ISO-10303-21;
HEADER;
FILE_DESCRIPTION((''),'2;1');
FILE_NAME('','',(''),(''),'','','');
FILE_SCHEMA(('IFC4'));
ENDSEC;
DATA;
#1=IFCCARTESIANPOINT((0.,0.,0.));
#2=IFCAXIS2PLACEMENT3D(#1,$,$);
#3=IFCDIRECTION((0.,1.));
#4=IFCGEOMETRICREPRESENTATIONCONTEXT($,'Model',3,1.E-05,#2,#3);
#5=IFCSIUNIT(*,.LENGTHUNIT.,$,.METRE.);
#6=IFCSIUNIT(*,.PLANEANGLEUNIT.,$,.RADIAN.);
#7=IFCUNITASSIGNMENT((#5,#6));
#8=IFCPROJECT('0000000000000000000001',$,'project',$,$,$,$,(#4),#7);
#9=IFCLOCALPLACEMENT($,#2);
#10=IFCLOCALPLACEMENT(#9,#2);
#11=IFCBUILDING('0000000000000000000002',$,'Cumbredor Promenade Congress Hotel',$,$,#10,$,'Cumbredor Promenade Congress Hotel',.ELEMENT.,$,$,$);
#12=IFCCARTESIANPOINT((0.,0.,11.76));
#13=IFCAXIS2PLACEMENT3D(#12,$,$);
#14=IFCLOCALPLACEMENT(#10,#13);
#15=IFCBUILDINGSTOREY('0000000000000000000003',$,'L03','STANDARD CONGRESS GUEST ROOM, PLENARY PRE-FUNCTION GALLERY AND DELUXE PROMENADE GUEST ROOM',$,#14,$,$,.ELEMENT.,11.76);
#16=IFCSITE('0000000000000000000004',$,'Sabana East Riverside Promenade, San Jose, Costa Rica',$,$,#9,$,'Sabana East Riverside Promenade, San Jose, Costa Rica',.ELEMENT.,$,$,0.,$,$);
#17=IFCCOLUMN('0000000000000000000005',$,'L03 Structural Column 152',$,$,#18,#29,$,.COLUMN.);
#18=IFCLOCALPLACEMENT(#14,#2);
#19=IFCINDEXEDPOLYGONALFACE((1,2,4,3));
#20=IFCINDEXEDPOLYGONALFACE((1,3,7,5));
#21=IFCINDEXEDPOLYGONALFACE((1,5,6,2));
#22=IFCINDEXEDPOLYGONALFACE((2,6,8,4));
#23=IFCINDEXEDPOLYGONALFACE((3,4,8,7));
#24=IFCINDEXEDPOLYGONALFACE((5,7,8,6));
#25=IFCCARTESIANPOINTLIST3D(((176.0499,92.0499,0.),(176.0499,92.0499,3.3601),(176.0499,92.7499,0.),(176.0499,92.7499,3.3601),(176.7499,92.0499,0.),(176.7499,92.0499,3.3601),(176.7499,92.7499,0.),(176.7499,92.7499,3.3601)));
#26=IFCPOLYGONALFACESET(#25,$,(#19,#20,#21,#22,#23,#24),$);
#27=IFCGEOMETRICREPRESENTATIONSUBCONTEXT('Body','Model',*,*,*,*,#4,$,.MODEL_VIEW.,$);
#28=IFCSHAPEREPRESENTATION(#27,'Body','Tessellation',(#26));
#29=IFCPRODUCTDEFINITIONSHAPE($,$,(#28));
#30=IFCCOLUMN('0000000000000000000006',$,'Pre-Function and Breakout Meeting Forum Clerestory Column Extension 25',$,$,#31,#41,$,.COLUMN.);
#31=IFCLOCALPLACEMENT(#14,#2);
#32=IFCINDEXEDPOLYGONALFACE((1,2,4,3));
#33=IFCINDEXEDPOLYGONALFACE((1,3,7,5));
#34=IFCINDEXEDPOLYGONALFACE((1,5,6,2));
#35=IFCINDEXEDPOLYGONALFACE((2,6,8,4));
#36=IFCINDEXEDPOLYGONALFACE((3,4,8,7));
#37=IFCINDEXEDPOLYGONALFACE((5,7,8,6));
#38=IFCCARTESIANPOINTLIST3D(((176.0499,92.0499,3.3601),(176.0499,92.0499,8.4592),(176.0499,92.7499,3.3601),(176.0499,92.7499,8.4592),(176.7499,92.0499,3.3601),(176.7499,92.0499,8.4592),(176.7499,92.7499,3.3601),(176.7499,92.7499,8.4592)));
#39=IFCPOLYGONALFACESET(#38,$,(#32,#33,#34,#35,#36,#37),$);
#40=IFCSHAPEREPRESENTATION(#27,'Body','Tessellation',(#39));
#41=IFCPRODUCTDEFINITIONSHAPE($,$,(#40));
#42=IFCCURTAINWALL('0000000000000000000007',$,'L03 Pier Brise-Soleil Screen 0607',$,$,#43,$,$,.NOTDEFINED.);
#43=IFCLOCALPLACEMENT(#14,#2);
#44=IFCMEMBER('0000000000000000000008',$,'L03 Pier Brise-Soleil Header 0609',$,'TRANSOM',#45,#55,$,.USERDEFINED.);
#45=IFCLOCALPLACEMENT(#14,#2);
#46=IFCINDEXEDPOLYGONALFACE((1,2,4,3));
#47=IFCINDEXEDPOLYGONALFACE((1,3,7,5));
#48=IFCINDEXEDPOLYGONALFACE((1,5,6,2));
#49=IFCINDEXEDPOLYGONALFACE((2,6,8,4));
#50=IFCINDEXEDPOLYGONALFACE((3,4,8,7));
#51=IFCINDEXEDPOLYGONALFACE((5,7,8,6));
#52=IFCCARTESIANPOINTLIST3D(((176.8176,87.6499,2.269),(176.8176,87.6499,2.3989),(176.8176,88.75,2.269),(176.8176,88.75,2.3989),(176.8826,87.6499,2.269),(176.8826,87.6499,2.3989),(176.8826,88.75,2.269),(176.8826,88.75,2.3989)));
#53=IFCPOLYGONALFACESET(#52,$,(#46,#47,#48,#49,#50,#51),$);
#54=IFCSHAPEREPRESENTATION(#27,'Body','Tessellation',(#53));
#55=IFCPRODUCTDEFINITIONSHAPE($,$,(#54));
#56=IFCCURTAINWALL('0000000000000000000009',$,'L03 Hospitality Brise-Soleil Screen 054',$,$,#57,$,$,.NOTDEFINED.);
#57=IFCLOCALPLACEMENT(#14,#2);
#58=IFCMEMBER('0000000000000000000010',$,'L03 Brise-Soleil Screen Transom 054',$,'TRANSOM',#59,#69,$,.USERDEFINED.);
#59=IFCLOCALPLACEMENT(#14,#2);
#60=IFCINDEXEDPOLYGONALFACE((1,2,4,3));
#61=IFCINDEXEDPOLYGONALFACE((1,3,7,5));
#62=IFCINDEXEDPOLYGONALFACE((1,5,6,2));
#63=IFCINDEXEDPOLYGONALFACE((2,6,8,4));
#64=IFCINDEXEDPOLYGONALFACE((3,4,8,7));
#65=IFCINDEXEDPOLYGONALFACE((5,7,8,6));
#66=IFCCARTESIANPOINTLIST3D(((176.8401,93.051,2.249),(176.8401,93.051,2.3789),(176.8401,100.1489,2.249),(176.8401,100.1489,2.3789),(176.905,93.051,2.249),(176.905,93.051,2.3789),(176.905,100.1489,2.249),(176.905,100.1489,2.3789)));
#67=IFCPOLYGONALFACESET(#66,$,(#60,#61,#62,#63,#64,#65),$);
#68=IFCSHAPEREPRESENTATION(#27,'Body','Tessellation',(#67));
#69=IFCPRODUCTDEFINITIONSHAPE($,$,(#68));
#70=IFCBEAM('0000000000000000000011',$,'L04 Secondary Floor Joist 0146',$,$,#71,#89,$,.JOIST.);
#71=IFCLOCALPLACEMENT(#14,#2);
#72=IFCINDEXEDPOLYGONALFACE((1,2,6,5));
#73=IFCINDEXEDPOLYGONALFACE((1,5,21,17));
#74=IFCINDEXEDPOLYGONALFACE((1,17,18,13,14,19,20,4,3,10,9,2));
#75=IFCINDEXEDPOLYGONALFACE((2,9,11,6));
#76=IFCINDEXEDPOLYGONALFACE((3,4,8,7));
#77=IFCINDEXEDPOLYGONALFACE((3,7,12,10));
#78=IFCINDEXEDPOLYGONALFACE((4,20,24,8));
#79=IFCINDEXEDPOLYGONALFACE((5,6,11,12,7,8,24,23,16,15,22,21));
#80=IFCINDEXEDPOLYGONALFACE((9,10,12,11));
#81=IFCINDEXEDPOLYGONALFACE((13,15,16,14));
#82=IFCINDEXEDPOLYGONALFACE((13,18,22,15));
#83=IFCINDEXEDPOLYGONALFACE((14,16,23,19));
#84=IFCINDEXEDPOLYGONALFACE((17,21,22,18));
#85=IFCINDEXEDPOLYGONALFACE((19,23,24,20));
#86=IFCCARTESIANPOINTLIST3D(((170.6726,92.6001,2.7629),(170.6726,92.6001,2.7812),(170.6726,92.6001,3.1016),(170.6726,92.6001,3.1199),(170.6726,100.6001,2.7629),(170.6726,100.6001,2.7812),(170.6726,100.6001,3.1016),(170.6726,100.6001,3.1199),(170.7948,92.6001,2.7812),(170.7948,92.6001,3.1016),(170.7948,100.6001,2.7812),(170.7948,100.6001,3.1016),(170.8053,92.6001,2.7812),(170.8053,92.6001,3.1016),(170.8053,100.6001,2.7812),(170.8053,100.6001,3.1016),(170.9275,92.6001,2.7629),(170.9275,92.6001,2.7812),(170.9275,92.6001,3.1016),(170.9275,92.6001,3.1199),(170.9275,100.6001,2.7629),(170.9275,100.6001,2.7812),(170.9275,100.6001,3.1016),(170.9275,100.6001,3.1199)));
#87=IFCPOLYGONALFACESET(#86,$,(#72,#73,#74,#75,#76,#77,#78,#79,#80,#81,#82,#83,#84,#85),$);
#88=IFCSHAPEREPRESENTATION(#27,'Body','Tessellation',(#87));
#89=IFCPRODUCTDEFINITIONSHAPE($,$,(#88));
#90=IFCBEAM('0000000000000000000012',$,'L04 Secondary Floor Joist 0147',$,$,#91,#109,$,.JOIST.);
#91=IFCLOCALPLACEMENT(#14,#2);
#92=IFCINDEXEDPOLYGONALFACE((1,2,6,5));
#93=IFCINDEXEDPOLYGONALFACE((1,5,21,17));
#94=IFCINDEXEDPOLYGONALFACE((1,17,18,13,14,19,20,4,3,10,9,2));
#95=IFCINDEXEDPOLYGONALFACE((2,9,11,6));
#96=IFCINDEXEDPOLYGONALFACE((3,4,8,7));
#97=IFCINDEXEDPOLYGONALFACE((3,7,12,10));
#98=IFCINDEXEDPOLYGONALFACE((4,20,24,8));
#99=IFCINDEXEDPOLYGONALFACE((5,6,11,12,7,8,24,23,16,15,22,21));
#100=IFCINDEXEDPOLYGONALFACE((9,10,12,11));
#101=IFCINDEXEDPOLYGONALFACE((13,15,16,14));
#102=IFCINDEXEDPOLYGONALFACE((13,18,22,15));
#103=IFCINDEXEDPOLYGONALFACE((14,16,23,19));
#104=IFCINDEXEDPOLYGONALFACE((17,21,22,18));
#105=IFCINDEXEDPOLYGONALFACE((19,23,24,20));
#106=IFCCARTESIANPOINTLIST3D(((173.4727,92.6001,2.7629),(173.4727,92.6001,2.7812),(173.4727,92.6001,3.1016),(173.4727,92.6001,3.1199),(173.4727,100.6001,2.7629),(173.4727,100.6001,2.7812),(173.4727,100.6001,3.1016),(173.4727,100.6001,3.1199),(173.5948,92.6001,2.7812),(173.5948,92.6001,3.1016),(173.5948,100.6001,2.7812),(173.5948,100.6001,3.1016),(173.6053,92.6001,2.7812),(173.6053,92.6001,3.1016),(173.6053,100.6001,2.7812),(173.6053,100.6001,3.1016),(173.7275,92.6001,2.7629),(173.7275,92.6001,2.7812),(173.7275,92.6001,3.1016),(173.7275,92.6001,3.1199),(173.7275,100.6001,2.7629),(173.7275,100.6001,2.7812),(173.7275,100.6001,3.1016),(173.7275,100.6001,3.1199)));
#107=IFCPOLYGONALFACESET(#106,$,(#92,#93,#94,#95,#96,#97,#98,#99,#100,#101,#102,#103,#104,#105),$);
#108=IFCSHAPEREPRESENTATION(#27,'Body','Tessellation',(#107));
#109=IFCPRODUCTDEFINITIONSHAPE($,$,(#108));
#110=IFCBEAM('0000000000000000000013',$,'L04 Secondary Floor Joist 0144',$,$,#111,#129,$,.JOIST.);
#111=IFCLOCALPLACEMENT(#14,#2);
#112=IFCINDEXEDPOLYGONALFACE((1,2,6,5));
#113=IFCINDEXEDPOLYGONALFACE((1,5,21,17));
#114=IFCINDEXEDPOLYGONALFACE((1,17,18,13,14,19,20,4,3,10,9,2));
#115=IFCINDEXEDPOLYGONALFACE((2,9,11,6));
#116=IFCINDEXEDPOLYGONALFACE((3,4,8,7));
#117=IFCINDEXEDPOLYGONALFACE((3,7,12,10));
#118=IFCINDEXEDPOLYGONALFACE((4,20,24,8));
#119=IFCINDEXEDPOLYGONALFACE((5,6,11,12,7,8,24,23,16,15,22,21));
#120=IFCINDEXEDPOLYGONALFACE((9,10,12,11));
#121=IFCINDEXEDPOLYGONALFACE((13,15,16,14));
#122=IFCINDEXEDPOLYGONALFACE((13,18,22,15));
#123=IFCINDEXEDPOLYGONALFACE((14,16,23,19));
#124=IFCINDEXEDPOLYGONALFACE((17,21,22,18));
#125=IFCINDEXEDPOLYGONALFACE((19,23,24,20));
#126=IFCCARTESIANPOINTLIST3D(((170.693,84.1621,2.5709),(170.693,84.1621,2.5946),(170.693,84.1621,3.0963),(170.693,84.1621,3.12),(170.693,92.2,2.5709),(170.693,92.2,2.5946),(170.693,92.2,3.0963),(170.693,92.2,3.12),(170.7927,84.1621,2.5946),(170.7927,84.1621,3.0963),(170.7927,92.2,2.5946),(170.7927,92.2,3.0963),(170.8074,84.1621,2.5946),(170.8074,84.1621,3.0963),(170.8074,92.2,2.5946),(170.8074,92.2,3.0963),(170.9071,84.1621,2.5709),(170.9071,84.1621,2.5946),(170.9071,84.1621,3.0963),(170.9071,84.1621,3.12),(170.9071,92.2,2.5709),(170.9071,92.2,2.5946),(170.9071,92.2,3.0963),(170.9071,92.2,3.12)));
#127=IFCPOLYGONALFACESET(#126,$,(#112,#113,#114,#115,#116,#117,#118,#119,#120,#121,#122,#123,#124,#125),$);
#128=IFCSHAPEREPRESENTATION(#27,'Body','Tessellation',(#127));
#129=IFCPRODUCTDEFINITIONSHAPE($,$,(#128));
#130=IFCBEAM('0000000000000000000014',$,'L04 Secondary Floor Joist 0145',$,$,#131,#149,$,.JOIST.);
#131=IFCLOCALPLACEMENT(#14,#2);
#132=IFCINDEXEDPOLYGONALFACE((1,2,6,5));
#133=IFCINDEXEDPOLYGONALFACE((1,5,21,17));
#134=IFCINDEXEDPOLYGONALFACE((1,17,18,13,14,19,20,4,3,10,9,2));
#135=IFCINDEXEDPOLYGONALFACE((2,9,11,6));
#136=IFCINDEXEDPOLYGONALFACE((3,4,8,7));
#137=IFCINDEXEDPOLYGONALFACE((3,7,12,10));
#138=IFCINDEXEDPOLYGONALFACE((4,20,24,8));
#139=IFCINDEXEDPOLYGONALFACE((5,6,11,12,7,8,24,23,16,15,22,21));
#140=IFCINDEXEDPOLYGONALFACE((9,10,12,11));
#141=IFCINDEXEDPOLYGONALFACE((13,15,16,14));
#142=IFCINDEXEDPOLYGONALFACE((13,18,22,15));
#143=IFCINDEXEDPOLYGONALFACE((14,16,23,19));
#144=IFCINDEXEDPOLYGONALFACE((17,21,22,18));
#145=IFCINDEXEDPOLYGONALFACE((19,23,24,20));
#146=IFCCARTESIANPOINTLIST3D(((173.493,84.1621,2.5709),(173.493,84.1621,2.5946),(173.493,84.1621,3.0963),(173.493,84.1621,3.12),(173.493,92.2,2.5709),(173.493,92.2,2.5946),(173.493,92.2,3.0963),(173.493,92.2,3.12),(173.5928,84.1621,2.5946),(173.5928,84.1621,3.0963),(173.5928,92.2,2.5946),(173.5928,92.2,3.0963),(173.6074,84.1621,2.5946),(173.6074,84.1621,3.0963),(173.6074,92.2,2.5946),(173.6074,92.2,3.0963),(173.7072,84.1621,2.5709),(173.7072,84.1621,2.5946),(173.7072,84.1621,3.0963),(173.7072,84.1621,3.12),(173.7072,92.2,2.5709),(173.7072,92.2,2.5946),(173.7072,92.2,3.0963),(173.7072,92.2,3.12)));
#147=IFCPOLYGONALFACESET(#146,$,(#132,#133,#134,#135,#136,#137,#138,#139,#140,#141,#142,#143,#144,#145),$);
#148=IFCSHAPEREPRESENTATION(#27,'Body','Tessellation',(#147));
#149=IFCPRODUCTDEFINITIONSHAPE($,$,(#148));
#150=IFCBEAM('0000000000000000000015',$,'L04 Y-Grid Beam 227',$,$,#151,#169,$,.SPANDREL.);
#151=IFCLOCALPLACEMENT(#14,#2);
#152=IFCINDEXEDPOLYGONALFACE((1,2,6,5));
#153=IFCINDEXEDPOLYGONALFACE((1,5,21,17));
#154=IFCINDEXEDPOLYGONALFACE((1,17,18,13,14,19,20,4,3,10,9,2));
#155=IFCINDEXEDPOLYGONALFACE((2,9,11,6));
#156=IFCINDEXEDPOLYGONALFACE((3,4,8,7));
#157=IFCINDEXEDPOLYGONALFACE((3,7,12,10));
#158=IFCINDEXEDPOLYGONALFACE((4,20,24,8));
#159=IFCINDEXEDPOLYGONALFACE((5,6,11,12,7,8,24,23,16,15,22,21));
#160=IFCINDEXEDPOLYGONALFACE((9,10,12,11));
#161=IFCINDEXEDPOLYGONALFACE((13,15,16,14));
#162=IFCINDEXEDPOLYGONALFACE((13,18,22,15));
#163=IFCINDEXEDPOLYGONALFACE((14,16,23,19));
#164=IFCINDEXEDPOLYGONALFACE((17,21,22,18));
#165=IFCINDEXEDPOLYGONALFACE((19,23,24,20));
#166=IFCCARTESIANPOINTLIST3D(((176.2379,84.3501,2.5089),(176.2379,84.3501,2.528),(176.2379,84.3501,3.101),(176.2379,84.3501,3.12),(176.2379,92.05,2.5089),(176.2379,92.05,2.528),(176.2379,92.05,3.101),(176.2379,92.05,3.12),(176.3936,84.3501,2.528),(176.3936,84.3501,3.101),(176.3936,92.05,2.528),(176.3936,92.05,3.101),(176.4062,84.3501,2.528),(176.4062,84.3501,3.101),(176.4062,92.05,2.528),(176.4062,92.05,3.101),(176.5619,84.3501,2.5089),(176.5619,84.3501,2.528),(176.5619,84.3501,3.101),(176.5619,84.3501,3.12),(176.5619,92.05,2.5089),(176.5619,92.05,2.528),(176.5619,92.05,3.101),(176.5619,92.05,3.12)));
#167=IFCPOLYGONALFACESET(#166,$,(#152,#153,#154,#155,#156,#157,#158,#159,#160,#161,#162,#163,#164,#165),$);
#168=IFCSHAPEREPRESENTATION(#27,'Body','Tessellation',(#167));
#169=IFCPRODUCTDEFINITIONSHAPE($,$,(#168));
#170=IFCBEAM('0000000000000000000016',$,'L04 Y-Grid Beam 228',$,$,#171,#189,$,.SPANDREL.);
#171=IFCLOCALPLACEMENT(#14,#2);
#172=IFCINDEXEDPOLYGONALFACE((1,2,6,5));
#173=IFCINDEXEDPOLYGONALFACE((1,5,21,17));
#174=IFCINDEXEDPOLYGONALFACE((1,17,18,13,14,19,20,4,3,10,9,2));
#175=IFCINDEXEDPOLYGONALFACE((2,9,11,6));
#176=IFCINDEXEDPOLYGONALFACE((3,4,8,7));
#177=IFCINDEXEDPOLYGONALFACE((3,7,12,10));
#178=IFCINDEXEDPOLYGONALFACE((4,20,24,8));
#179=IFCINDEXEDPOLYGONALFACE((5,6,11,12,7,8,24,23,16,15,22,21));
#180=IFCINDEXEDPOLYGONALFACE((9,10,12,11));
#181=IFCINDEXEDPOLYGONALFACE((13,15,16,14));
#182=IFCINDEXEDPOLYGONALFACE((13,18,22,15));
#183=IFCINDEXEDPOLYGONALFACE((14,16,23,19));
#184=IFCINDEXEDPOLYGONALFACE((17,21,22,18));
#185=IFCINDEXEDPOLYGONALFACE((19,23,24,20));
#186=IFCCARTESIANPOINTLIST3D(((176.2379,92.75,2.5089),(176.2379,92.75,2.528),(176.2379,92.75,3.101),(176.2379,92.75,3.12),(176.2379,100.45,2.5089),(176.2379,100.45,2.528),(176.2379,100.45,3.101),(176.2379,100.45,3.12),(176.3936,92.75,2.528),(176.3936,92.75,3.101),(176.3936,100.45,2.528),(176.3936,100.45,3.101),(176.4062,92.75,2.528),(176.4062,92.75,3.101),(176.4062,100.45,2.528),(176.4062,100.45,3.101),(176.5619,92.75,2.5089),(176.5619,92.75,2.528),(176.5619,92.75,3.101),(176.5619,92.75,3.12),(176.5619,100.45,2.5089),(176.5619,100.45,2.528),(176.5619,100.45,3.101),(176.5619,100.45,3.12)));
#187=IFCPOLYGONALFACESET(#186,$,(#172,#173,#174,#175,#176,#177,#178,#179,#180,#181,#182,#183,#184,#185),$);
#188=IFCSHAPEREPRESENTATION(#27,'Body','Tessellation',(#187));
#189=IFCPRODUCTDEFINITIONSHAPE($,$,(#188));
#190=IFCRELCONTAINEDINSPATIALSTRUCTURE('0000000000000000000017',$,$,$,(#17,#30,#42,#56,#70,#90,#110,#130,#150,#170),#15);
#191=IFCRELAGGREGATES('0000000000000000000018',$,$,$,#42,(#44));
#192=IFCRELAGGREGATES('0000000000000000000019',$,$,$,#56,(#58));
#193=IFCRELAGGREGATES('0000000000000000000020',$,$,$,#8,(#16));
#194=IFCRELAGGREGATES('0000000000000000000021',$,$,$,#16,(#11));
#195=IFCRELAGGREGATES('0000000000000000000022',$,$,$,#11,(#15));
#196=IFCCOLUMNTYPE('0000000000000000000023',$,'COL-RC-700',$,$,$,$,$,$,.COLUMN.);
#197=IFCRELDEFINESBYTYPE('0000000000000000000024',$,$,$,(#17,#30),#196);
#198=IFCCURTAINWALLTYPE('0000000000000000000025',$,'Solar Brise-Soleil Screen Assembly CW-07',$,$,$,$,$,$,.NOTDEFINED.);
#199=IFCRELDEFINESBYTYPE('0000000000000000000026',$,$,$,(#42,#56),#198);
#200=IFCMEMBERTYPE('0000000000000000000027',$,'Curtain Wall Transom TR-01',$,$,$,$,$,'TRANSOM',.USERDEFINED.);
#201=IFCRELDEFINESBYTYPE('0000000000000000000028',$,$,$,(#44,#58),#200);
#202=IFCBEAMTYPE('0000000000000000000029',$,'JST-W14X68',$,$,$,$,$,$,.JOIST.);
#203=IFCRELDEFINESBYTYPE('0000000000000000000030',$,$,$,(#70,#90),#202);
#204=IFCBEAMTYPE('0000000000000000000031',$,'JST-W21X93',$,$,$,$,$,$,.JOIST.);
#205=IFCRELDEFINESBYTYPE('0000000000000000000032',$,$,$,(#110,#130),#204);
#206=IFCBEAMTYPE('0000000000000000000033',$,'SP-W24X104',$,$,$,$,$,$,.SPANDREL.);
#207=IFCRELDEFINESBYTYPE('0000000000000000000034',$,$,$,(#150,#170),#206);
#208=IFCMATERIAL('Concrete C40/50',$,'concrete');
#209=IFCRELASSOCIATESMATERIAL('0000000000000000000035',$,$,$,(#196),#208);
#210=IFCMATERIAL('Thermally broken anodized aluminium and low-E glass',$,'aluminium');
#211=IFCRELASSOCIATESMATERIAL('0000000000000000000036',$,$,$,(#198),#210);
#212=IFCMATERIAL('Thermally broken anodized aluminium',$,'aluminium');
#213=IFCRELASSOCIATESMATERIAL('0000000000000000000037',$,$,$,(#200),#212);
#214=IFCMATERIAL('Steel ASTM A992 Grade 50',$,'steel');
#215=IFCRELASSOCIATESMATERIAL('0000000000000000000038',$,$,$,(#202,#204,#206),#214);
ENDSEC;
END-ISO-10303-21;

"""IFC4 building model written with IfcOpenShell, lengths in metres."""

from ifc_helpers import new_model, si_unit, direction, frame, origin, origin_2d, place, context, subcontext, project, spatial, rectangle, i_section, extrude, material, material_profile, profile_set, type_object, element, aggregate, save


model = new_model("IFC4")

# Units and contexts
model_context = context("Model", 3, precision=1e-05, world=origin(), true_north=direction((0.0, 1.0)))
body_context = subcontext(model_context, "Body", "Model", "MODEL_VIEW")
ifc_project = project(units=[si_unit("LENGTHUNIT", "METRE"), si_unit("PLANEANGLEUNIT", "RADIAN")], contexts=[model_context])

# Site, building, storey
site_placement = place(None, origin())
site = spatial("IfcSite", under=ifc_project, at=site_placement, Name="Sabana East Riverside Promenade, San Jose, Costa Rica", LongName="Sabana East Riverside Promenade, San Jose, Costa Rica", CompositionType="ELEMENT", RefElevation=0.0)
building_placement = place(site_placement, origin())
building = spatial("IfcBuilding", under=site, at=building_placement, Name="Cumbredor Promenade Congress Hotel", LongName="Cumbredor Promenade Congress Hotel", CompositionType="ELEMENT")
storey_placement = place(building_placement, frame((0.0, 0.0, 11.76)))
storey = spatial("IfcBuildingStorey", under=building, at=storey_placement, Name="L03", Description="STANDARD CONGRESS GUEST ROOM, PLENARY PRE-FUNCTION GALLERY AND DELUXE PROMENADE GUEST ROOM", CompositionType="ELEMENT", Elevation=11.76)

# Columns
ifc_material_1 = material(Name="Concrete C40/50", Category="concrete")
ifc_material_profile_1 = material_profile(ifc_material_1, rectangle(XDim=0.7, YDim=0.7, at=origin_2d()), Name="RC 700x700")
ifc_profile_set_1 = profile_set([ifc_material_profile_1], Name="Concrete C40/50")
column_type = type_object("IfcColumnType", Name="COL-RC-700", PredefinedType="COLUMN", material=ifc_profile_set_1)
column_1_placement = place(storey_placement, frame((176.3999, 92.3999, 0.0), z_axis=(0.0, 0.0, 1.0), x_axis=(1.0, 0.0, 0.0)))
element("IfcColumn", 1, at=column_1_placement, inside=storey, type_object=column_type, Name="L03 Structural Column 152", PredefinedType="COLUMN", context=body_context, shape_type="SweptSolid", body=[
    extrude(rectangle(XDim=0.7, YDim=0.7, at=origin_2d()), origin(), (0.0, 0.0, 1.0), 3.3601),
])
column_2_placement = place(storey_placement, frame((176.3999, 92.3999, 3.3601), z_axis=(0.0, 0.0, 1.0), x_axis=(1.0, 0.0, 0.0)))
element("IfcColumn", 2, at=column_2_placement, inside=storey, type_object=column_type, Name="Pre-Function and Breakout Meeting Forum Clerestory Column Extension 25", PredefinedType="COLUMN", context=body_context, shape_type="SweptSolid", body=[
    extrude(rectangle(XDim=0.7, YDim=0.7, at=origin_2d()), origin(), (0.0, 0.0, 1.0), 5.0991),
])

# Curtain walls, members
ifc_material_2 = material(Name="Thermally broken anodized aluminium and low-E glass", Category="aluminium")
curtain_wall_type = type_object("IfcCurtainWallType", Name="Solar Brise-Soleil Screen Assembly CW-07", PredefinedType="NOTDEFINED", material=ifc_material_2)
curtain_wall_1_placement = place(storey_placement, origin())
curtain_wall_1 = element("IfcCurtainWall", 3, at=curtain_wall_1_placement, inside=storey, type_object=curtain_wall_type, Name="L03 Pier Brise-Soleil Screen 0607", PredefinedType="NOTDEFINED")
ifc_material_3 = material(Name="Thermally broken anodized aluminium", Category="aluminium")
ifc_material_profile_2 = material_profile(ifc_material_3, rectangle(XDim=0.0649, YDim=0.1299, at=origin_2d()), Name="ALU TRANSOM 65x130")
ifc_profile_set_2 = profile_set([ifc_material_profile_2], Name="Thermally broken anodized aluminium")
member_type_1 = type_object("IfcMemberType", Name="Curtain Wall Transom TR-01", ElementType="TRANSOM", PredefinedType="USERDEFINED", material=ifc_profile_set_2)
member_1_placement = place(storey_placement, frame((176.8501, 87.6499, 2.334), z_axis=(0.0, 1.0, 0.0), x_axis=(-1.0, 0.0, 0.0)))
member_1 = element("IfcMember", 4, at=member_1_placement, type_object=member_type_1, Name="L03 Pier Brise-Soleil Header 0609", ObjectType="TRANSOM", PredefinedType="USERDEFINED", context=body_context, shape_type="SweptSolid", body=[
    extrude(rectangle(XDim=0.0649, YDim=0.1299, at=origin_2d()), origin(), (0.0, 0.0, 1.0), 1.1001),
])
curtain_wall_2_placement = place(storey_placement, origin())
curtain_wall_2 = element("IfcCurtainWall", 5, at=curtain_wall_2_placement, inside=storey, type_object=curtain_wall_type, Name="L03 Hospitality Brise-Soleil Screen 054", PredefinedType="NOTDEFINED")
member_2_placement = place(storey_placement, frame((176.8726, 93.051, 2.314), z_axis=(0.0, 1.0, 0.0), x_axis=(-1.0, 0.0, 0.0)))
member_2 = element("IfcMember", 6, at=member_2_placement, type_object=member_type_1, Name="L03 Brise-Soleil Screen Transom 054", ObjectType="TRANSOM", PredefinedType="USERDEFINED", context=body_context, shape_type="SweptSolid", body=[
    extrude(rectangle(XDim=0.0649, YDim=0.1299, at=origin_2d()), origin(), (0.0, 0.0, 1.0), 7.0979),
])

# Beams
ifc_material_4 = material(Name="Steel ASTM A992 Grade 50", Category="steel")
ifc_material_profile_3 = material_profile(ifc_material_4, i_section(OverallWidth=0.2549, OverallDepth=0.3569, WebThickness=0.0105, FlangeThickness=0.0183, at=origin_2d()), Name="W14X68")
ifc_profile_set_3 = profile_set([ifc_material_profile_3], Name="Steel ASTM A992 Grade 50")
beam_type_1 = type_object("IfcBeamType", Name="JST-W14X68", PredefinedType="JOIST", material=ifc_profile_set_3)
for number, where, z_axis, x_axis, name in (
    (7, (170.8, 92.6001, 2.9414), (0.0, 1.0, 0.0), (-1.0, 0.0, 0.0), "L04 Secondary Floor Joist 0146"),
    (8, (173.6001, 92.6001, 2.9414), (0.0, 1.0, 0.0), (-1.0, 0.0, 0.0), "L04 Secondary Floor Joist 0147"),
):
    element("IfcBeam", number, at=place(storey_placement, frame(where, z_axis=z_axis, x_axis=x_axis)), inside=storey, type_object=beam_type_1, Name=name, PredefinedType="JOIST", context=body_context, shape_type="SweptSolid", body=[
        extrude(i_section(OverallWidth=0.2549, OverallDepth=0.3569, WebThickness=0.0105, FlangeThickness=0.0183, at=origin_2d()), origin(), (0.0, 0.0, 1.0), 8.0),
    ])
ifc_material_profile_4 = material_profile(ifc_material_4, i_section(OverallWidth=0.2141, OverallDepth=0.5491, WebThickness=0.0146, FlangeThickness=0.0237, at=origin_2d()), Name="W21X93")
ifc_profile_set_4 = profile_set([ifc_material_profile_4], Name="Steel ASTM A992 Grade 50")
beam_type_2 = type_object("IfcBeamType", Name="JST-W21X93", PredefinedType="JOIST", material=ifc_profile_set_4)
for number, where, z_axis, x_axis, name in (
    (9, (170.8, 84.1621, 2.8455), (0.0, 1.0, 0.0), (-1.0, 0.0, 0.0), "L04 Secondary Floor Joist 0144"),
    (10, (173.6001, 84.1621, 2.8455), (0.0, 1.0, 0.0), (-1.0, 0.0, 0.0), "L04 Secondary Floor Joist 0145"),
):
    element("IfcBeam", number, at=place(storey_placement, frame(where, z_axis=z_axis, x_axis=x_axis)), inside=storey, type_object=beam_type_2, Name=name, PredefinedType="JOIST", context=body_context, shape_type="SweptSolid", body=[
        extrude(i_section(OverallWidth=0.2141, OverallDepth=0.5491, WebThickness=0.0146, FlangeThickness=0.0237, at=origin_2d()), origin(), (0.0, 0.0, 1.0), 8.0378),
    ])
ifc_material_profile_5 = material_profile(ifc_material_4, i_section(OverallWidth=0.324, OverallDepth=0.6111, WebThickness=0.0127, FlangeThickness=0.019, at=origin_2d()), Name="W24X104")
ifc_profile_set_5 = profile_set([ifc_material_profile_5], Name="Steel ASTM A992 Grade 50")
beam_type_3 = type_object("IfcBeamType", Name="SP-W24X104", PredefinedType="SPANDREL", material=ifc_profile_set_5)
for number, where, z_axis, x_axis, name in (
    (11, (176.3999, 84.3501, 2.8145), (0.0, 1.0, 0.0), (-1.0, 0.0, 0.0), "L04 Y-Grid Beam 227"),
    (12, (176.3999, 92.75, 2.8145), (0.0, 1.0, 0.0), (-1.0, 0.0, 0.0), "L04 Y-Grid Beam 228"),
):
    element("IfcBeam", number, at=place(storey_placement, frame(where, z_axis=z_axis, x_axis=x_axis)), inside=storey, type_object=beam_type_3, Name=name, PredefinedType="SPANDREL", context=body_context, shape_type="SweptSolid", body=[
        extrude(i_section(OverallWidth=0.324, OverallDepth=0.6111, WebThickness=0.0127, FlangeThickness=0.019, at=origin_2d()), origin(), (0.0, 0.0, 1.0), 7.7),
    ])

aggregate(curtain_wall_1, [member_1])
aggregate(curtain_wall_2, [member_2])

save(model, "model.ifc")
